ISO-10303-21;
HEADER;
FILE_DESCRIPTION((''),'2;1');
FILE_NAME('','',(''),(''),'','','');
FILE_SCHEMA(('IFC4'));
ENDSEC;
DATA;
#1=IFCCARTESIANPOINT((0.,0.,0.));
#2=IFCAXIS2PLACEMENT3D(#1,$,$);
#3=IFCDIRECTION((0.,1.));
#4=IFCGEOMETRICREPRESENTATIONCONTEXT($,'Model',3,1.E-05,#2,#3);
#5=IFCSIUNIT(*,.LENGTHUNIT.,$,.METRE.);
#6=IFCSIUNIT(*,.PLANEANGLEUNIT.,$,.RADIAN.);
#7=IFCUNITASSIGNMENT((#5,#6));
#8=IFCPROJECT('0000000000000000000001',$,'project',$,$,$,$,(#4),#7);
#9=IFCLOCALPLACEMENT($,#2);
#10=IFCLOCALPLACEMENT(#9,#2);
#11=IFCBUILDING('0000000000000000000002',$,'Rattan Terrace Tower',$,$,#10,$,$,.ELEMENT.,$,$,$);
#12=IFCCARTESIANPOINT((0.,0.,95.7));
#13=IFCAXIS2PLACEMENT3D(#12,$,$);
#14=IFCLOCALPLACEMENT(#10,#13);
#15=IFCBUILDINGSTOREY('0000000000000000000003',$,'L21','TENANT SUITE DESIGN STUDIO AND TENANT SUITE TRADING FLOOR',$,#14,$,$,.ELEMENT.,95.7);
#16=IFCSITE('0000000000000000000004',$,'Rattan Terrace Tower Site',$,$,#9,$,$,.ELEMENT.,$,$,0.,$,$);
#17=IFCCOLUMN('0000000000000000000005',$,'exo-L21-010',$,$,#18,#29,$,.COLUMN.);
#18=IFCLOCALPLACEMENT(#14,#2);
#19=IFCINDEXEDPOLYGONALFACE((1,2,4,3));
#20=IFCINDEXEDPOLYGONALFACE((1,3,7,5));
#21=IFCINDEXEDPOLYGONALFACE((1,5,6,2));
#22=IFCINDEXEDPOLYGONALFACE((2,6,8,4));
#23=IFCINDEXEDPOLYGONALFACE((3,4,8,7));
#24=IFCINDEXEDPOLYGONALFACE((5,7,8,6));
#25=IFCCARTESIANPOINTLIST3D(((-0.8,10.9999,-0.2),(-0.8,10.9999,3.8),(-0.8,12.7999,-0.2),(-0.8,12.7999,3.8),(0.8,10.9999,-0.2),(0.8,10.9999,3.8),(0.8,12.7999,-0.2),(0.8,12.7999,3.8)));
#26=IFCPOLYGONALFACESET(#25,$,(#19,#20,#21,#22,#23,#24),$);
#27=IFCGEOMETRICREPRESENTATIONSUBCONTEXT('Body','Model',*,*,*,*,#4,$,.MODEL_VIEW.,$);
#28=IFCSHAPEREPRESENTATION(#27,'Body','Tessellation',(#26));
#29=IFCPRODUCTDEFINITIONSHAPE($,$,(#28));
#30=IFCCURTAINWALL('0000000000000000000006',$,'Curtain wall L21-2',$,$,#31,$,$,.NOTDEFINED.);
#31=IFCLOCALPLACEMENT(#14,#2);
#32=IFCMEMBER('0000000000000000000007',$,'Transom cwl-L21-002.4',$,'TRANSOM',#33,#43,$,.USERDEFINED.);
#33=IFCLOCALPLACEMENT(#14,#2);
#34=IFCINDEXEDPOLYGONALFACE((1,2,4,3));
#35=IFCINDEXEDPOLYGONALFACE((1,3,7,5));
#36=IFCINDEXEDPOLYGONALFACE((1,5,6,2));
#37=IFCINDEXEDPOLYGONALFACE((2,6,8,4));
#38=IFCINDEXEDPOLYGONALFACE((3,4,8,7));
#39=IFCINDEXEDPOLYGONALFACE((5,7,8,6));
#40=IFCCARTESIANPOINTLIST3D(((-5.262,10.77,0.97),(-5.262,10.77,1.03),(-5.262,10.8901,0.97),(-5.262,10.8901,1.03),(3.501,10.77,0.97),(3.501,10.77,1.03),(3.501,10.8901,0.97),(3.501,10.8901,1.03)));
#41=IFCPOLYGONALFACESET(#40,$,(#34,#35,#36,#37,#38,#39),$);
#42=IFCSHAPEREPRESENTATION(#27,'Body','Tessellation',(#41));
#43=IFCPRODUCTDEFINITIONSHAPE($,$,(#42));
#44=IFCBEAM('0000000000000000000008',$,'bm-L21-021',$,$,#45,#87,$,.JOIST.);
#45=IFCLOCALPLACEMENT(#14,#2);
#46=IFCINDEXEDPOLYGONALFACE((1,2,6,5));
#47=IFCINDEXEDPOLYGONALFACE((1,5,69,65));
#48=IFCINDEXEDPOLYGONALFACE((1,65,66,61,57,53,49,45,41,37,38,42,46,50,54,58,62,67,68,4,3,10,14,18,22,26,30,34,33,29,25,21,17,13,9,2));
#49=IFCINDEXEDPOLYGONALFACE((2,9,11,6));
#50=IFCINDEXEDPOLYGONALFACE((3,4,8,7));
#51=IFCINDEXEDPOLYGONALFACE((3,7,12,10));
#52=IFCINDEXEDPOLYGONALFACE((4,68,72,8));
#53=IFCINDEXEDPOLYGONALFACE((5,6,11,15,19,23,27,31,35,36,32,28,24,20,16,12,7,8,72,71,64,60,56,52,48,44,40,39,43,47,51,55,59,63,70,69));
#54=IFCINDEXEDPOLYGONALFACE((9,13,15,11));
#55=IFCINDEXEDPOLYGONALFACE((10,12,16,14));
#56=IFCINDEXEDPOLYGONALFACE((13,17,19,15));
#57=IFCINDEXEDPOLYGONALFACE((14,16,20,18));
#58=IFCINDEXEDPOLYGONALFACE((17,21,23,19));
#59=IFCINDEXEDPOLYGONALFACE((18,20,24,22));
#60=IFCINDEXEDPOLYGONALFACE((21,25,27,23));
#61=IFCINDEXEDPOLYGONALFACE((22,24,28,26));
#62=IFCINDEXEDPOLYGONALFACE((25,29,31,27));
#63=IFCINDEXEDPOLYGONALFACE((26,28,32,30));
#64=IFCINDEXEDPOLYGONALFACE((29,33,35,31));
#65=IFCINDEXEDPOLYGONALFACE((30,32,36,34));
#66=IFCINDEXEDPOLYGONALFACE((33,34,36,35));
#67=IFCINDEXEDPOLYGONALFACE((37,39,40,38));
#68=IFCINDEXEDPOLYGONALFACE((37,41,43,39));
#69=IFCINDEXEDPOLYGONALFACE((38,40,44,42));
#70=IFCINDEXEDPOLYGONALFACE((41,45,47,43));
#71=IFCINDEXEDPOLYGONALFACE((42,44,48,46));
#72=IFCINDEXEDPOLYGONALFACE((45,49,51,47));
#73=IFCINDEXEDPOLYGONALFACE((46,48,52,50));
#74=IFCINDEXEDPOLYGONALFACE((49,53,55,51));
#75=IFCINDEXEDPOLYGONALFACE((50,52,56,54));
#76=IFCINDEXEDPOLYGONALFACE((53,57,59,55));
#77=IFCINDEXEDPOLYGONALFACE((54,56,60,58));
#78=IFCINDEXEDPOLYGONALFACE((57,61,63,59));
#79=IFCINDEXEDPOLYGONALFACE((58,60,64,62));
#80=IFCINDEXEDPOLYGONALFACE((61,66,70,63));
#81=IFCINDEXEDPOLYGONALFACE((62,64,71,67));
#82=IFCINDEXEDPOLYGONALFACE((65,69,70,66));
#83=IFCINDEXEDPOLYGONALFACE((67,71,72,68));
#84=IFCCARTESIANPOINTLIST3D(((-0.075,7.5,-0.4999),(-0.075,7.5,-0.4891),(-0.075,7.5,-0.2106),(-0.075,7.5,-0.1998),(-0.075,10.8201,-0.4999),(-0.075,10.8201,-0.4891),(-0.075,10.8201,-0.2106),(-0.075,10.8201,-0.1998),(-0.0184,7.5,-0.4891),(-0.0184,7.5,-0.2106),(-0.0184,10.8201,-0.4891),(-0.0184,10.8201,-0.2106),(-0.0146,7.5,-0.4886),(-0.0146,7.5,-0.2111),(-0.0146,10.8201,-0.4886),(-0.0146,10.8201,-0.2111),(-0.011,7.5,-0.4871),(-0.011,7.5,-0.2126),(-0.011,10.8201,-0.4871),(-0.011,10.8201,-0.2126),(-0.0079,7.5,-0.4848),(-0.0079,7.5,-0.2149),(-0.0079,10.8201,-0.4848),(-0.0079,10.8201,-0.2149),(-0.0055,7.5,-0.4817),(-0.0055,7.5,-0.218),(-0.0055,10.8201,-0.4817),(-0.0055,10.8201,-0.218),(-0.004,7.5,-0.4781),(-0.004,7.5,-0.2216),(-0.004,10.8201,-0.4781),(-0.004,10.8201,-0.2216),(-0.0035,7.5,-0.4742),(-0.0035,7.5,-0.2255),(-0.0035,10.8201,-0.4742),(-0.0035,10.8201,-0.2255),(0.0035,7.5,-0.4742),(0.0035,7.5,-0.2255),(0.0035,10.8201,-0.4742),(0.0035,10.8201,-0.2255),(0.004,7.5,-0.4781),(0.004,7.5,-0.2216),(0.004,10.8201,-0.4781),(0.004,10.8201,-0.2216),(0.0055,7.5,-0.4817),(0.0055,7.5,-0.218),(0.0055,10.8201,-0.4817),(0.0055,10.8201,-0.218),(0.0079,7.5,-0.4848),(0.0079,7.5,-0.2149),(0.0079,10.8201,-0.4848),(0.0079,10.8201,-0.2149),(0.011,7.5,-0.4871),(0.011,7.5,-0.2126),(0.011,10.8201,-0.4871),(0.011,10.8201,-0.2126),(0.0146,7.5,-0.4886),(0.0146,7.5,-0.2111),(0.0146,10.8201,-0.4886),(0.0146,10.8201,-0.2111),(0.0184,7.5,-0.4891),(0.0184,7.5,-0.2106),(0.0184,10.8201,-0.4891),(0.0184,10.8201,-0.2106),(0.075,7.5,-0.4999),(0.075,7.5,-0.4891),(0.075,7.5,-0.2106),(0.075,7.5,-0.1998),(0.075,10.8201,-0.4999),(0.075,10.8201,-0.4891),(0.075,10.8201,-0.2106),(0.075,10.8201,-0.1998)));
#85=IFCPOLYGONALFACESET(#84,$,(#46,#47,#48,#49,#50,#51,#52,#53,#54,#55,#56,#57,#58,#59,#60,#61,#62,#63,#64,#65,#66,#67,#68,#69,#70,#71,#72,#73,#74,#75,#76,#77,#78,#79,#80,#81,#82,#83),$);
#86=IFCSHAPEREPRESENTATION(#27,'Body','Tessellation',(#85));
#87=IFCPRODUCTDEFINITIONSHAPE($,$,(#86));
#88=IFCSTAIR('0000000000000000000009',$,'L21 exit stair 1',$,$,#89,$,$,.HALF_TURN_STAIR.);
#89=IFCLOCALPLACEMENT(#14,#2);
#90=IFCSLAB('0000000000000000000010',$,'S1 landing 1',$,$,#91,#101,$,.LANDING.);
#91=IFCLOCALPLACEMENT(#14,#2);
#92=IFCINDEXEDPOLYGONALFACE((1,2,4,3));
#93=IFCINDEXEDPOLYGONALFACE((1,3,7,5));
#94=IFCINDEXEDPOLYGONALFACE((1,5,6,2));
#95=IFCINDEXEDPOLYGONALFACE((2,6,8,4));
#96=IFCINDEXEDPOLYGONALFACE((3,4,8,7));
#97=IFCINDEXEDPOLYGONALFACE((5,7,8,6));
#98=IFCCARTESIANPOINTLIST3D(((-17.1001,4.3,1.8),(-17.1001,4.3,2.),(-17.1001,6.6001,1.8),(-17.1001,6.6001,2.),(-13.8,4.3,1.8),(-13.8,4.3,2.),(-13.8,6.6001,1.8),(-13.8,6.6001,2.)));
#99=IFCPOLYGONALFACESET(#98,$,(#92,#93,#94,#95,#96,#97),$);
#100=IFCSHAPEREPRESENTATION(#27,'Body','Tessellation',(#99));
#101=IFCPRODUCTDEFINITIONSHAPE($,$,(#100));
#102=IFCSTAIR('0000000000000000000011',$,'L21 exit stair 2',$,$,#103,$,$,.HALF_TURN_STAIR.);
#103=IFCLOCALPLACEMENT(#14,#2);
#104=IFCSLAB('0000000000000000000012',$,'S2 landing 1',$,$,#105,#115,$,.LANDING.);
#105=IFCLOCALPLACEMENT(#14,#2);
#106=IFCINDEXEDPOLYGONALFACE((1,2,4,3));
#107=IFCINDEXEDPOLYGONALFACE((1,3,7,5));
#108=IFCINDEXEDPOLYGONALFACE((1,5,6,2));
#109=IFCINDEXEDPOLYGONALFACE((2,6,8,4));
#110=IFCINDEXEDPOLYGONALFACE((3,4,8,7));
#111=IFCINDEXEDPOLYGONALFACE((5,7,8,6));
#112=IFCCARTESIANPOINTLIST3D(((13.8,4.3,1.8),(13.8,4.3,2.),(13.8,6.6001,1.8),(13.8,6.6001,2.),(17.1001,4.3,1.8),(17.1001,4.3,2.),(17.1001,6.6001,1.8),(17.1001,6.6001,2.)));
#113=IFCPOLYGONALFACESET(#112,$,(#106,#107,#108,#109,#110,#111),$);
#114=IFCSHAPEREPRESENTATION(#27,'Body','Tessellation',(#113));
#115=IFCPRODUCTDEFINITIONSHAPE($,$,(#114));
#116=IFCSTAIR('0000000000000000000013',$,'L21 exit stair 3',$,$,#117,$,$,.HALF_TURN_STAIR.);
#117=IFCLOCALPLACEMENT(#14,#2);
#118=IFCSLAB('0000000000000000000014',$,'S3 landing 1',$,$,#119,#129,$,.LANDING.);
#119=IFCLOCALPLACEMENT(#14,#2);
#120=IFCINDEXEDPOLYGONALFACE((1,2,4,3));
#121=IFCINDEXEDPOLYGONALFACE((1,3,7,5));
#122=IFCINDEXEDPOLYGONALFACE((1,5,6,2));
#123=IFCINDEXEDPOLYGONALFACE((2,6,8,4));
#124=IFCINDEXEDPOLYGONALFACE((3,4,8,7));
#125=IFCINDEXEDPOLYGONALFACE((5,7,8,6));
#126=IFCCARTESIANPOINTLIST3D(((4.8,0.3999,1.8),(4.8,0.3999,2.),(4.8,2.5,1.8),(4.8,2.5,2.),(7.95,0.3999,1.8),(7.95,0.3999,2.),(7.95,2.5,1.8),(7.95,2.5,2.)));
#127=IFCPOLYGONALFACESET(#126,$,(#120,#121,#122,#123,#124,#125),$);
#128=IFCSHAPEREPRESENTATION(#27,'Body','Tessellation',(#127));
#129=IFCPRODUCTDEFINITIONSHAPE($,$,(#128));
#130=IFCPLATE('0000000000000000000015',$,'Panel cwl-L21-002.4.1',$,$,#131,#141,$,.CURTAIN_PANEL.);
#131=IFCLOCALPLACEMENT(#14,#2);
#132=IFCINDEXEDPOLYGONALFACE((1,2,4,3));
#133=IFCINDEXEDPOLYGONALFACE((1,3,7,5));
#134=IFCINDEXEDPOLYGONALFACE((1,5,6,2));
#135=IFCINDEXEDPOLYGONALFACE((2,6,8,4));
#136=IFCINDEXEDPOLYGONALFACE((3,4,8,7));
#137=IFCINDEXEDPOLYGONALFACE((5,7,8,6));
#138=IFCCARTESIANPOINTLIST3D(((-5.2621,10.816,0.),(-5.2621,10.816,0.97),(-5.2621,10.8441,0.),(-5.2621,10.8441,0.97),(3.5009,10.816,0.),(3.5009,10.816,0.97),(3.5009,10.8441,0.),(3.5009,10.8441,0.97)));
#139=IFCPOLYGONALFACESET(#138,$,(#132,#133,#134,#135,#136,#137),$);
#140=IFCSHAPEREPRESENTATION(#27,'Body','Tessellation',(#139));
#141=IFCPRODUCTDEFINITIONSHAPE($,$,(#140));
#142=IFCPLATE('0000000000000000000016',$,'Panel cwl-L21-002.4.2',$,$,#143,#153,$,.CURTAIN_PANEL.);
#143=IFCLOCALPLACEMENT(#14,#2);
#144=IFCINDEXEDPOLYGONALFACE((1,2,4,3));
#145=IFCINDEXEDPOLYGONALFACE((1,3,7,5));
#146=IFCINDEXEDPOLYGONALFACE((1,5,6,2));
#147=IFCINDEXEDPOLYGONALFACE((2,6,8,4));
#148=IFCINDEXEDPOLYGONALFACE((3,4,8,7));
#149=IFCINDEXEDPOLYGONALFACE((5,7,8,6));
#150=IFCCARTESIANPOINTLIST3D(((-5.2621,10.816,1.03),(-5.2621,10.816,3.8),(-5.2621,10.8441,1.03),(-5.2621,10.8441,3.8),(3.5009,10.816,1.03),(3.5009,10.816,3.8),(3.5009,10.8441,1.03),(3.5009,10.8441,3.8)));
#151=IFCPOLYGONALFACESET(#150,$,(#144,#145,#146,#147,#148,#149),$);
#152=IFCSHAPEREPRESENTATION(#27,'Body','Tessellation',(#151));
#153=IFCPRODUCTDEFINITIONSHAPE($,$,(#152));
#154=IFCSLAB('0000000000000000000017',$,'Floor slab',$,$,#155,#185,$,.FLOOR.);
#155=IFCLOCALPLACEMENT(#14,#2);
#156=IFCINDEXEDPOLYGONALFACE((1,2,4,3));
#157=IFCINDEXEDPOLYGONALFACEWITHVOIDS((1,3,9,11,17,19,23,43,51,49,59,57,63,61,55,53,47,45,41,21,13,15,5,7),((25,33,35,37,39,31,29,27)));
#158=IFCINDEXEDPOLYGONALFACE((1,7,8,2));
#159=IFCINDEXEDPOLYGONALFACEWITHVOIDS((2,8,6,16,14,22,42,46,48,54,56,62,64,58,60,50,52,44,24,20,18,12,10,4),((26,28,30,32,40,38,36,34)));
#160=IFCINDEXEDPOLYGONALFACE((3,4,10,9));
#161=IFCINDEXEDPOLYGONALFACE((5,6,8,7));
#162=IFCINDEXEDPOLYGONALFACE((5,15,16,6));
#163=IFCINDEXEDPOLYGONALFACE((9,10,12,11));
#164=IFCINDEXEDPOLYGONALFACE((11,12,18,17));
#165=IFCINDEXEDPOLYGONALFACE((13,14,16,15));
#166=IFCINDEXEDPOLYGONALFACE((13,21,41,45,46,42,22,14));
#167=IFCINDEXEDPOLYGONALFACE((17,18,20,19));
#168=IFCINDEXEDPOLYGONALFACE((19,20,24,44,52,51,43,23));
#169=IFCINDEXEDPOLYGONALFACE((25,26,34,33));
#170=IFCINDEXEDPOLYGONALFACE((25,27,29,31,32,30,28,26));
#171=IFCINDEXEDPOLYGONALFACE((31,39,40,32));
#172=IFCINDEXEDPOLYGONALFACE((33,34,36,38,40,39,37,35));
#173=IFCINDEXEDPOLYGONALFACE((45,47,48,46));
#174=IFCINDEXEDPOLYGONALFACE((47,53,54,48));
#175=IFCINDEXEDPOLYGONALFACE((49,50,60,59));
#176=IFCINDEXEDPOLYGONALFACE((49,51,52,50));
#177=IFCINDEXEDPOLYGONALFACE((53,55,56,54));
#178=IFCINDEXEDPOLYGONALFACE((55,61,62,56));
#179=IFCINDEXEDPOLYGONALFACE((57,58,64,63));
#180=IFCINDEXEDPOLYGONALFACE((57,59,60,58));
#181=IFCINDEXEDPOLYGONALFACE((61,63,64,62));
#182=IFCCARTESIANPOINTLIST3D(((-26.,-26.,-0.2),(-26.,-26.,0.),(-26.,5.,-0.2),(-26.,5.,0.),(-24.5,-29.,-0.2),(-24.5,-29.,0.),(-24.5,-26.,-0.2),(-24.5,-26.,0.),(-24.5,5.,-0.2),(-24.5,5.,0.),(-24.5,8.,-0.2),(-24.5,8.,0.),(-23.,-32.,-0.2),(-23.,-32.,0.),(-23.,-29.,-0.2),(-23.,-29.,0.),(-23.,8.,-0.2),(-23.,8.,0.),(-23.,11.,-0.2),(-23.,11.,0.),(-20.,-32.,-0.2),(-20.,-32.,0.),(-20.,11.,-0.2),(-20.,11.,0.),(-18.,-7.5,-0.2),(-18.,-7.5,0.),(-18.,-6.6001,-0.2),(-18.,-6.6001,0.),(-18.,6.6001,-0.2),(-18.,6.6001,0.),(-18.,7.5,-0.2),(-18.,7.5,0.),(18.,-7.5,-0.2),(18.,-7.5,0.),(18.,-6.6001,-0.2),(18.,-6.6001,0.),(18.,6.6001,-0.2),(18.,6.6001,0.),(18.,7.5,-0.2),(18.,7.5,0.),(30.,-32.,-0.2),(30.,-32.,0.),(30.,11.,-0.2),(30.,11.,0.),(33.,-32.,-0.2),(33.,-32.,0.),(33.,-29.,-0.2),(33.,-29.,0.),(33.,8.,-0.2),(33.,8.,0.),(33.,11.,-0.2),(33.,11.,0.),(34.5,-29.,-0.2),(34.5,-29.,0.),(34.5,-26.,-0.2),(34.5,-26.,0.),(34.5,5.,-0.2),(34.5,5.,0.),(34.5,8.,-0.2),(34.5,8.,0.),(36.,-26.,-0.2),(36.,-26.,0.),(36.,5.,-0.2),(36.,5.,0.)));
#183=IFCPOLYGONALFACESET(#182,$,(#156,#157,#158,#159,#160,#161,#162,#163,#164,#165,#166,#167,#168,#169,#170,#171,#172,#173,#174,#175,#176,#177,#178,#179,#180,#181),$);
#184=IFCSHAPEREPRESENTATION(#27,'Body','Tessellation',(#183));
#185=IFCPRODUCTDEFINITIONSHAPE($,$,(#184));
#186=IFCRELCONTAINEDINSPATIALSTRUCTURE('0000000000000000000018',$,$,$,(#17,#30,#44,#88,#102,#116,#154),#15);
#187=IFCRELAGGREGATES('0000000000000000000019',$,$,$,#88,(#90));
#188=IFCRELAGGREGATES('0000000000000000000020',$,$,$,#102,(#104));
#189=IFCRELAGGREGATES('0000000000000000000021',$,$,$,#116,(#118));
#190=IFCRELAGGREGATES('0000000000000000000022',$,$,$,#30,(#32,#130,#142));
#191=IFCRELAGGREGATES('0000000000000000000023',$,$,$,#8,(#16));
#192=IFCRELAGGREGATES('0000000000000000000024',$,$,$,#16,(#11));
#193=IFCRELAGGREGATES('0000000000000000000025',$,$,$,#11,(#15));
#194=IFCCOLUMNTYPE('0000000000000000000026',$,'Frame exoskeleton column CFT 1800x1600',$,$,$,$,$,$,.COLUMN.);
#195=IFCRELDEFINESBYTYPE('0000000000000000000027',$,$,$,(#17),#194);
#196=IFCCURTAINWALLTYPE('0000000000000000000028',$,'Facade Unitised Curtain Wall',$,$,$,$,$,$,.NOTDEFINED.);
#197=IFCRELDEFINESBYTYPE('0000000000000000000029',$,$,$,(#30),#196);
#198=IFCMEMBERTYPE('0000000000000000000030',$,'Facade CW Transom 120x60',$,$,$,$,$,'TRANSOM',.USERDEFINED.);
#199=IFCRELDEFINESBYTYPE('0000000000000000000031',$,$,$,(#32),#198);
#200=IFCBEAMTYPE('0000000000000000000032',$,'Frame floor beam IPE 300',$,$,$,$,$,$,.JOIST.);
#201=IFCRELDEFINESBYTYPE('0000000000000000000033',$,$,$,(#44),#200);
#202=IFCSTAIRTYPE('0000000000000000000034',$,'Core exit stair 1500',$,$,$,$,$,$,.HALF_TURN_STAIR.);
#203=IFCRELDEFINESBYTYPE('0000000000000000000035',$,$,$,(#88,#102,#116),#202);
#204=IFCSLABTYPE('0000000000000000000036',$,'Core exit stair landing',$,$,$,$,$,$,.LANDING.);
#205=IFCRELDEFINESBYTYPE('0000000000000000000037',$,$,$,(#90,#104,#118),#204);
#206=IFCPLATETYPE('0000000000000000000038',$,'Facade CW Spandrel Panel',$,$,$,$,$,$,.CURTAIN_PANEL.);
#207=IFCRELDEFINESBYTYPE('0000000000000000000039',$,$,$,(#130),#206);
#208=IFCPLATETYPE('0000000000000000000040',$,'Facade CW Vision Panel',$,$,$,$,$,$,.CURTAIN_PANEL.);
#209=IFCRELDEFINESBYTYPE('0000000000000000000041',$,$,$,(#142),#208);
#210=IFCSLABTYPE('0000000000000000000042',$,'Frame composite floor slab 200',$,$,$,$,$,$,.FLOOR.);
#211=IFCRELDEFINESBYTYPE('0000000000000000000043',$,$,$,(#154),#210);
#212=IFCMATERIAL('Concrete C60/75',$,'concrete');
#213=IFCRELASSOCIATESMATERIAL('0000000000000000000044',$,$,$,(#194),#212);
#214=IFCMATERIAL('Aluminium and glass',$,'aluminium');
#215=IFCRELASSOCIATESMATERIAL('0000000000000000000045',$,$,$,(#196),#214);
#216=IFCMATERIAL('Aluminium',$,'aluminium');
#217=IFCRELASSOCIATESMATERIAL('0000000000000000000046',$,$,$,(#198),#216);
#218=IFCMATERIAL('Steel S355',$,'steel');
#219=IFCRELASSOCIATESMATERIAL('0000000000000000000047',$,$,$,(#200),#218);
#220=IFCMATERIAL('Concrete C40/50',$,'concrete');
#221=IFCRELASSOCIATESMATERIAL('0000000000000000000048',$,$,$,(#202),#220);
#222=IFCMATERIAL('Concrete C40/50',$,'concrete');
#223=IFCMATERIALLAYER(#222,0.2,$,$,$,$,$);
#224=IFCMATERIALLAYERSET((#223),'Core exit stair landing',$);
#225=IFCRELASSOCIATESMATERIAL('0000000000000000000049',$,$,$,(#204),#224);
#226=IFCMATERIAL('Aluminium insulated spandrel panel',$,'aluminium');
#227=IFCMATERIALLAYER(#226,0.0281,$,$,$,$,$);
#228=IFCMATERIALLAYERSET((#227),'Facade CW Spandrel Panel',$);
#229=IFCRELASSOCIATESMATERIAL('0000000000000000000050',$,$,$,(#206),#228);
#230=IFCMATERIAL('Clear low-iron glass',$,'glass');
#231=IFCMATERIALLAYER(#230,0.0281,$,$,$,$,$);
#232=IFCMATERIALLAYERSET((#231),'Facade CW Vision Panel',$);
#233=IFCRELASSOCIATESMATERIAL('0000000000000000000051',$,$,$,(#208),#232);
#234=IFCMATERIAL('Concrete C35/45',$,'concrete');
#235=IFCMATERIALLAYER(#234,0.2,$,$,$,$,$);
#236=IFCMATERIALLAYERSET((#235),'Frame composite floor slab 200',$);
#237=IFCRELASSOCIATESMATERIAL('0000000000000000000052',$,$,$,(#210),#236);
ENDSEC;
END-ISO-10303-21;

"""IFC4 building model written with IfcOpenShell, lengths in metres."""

from ifc_helpers import new_model, si_unit, direction, frame, origin, origin_2d, place, context, subcontext, project, spatial, polyline, rectangle, i_section, outline, extrude, material, layer, layer_set, material_profile, profile_set, type_object, element, aggregate, save


model = new_model("IFC4")

# Units and contexts
model_context = context("Model", 3, precision=1e-05, world=origin(), true_north=direction((0.0, 1.0)))
body_context = subcontext(model_context, "Body", "Model", "MODEL_VIEW")
ifc_project = project(units=[si_unit("LENGTHUNIT", "METRE"), si_unit("PLANEANGLEUNIT", "RADIAN")], contexts=[model_context])

# Site, building, storey
site_placement = place(None, origin())
site = spatial("IfcSite", under=ifc_project, at=site_placement, Name="Rattan Terrace Tower Site", CompositionType="ELEMENT", RefElevation=0.0)
building_placement = place(site_placement, origin())
building = spatial("IfcBuilding", under=site, at=building_placement, Name="Rattan Terrace Tower", CompositionType="ELEMENT")
storey_placement = place(building_placement, frame((0.0, 0.0, 95.7)))
storey = spatial("IfcBuildingStorey", under=building, at=storey_placement, Name="L21", Description="TENANT SUITE DESIGN STUDIO AND TENANT SUITE TRADING FLOOR", CompositionType="ELEMENT", Elevation=95.7)

# Column
ifc_material_1 = material(Name="Concrete C60/75", Category="concrete")
ifc_material_profile_1 = material_profile(ifc_material_1, rectangle(XDim=1.6001, YDim=1.8, at=origin_2d()), Name="CFT 1800x1600")
ifc_profile_set_1 = profile_set([ifc_material_profile_1], Name="Concrete C60/75")
column_type = type_object("IfcColumnType", Name="Frame exoskeleton column CFT 1800x1600", PredefinedType="COLUMN", material=ifc_profile_set_1)
column_placement = place(storey_placement, frame((0.0, 11.8999, -0.2), z_axis=(0.0, 0.0, 1.0), x_axis=(1.0, 0.0, 0.0)))
element("IfcColumn", 1, at=column_placement, inside=storey, type_object=column_type, Name="exo-L21-010", PredefinedType="COLUMN", context=body_context, shape_type="SweptSolid", body=[
    extrude(rectangle(XDim=1.6001, YDim=1.8, at=origin_2d()), origin(), (0.0, 0.0, 1.0), 4.0),
])

# Curtain wall, member
ifc_material_2 = material(Name="Aluminium and glass", Category="aluminium")
curtain_wall_type = type_object("IfcCurtainWallType", Name="Facade Unitised Curtain Wall", PredefinedType="NOTDEFINED", material=ifc_material_2)
curtain_wall_placement = place(storey_placement, origin())
curtain_wall = element("IfcCurtainWall", 2, at=curtain_wall_placement, inside=storey, type_object=curtain_wall_type, Name="Curtain wall L21-2", PredefinedType="NOTDEFINED")
ifc_material_3 = material(Name="Aluminium", Category="aluminium")
ifc_material_profile_2 = material_profile(ifc_material_3, rectangle(XDim=0.1201, YDim=0.0601, at=origin_2d()), Name="Aluminium 120x60")
ifc_profile_set_2 = profile_set([ifc_material_profile_2], Name="Aluminium")
member_type = type_object("IfcMemberType", Name="Facade CW Transom 120x60", ElementType="TRANSOM", PredefinedType="USERDEFINED", material=ifc_profile_set_2)
member_placement = place(storey_placement, frame((3.501, 10.8301, 1.0), z_axis=(-1.0, 0.0, 0.0), x_axis=(0.0, -1.0, 0.0)))
member = element("IfcMember", 3, at=member_placement, type_object=member_type, Name="Transom cwl-L21-002.4", ObjectType="TRANSOM", PredefinedType="USERDEFINED", context=body_context, shape_type="SweptSolid", body=[
    extrude(rectangle(XDim=0.1201, YDim=0.0601, at=origin_2d()), origin(), (0.0, 0.0, 1.0), 8.7629),
])

# Beam
ifc_material_4 = material(Name="Steel S355", Category="steel")
ifc_material_profile_3 = material_profile(ifc_material_4, i_section(OverallWidth=0.1499, OverallDepth=0.3, WebThickness=0.0071, FlangeThickness=0.0107, FilletRadius=0.0149, at=origin_2d()), Name="IPE 300")
ifc_profile_set_3 = profile_set([ifc_material_profile_3], Name="Steel S355")
beam_type = type_object("IfcBeamType", Name="Frame floor beam IPE 300", PredefinedType="JOIST", material=ifc_profile_set_3)
beam_placement = place(storey_placement, frame((0.0, 7.5, -0.3499), z_axis=(0.0, 1.0, 0.0), x_axis=(-1.0, 0.0, 0.0)))
element("IfcBeam", 4, at=beam_placement, inside=storey, type_object=beam_type, Name="bm-L21-021", PredefinedType="JOIST", context=body_context, shape_type="SweptSolid", body=[
    extrude(i_section(OverallWidth=0.1499, OverallDepth=0.3, WebThickness=0.0071, FlangeThickness=0.0107, FilletRadius=0.0149, at=origin_2d()), origin(), (0.0, 0.0, 1.0), 3.3201),
])

# Stairs, slabs
ifc_material_5 = material(Name="Concrete C40/50", Category="concrete")
stair_type = type_object("IfcStairType", Name="Core exit stair 1500", PredefinedType="HALF_TURN_STAIR", material=ifc_material_5)
stair_1_placement = place(storey_placement, origin())
stair_1 = element("IfcStair", 5, at=stair_1_placement, inside=storey, type_object=stair_type, Name="L21 exit stair 1", PredefinedType="HALF_TURN_STAIR")
ifc_material_6 = material(Name="Concrete C40/50", Category="concrete")
ifc_layer_1 = layer(ifc_material_6, 0.2)
ifc_layer_set_1 = layer_set([ifc_layer_1], Name="Core exit stair landing")
slab_type_1 = type_object("IfcSlabType", Name="Core exit stair landing", PredefinedType="LANDING", material=ifc_layer_set_1)
slab_1_placement = place(storey_placement, frame((0.0, 0.0, 1.8)))
slab_1 = element("IfcSlab", 6, at=slab_1_placement, type_object=slab_type_1, Name="S1 landing 1", PredefinedType="LANDING", context=body_context, shape_type="SweptSolid", body=[
    extrude(outline(polyline([(-13.8, 4.3), (-13.8, 6.6001), (-17.1001, 6.6001), (-17.1001, 4.3), (-13.8, 4.3)])), origin(), (0.0, 0.0, 1.0), 0.2),
])
aggregate(stair_1, [slab_1])
stair_2_placement = place(storey_placement, origin())
stair_2 = element("IfcStair", 7, at=stair_2_placement, inside=storey, type_object=stair_type, Name="L21 exit stair 2", PredefinedType="HALF_TURN_STAIR")
slab_2_placement = place(storey_placement, frame((0.0, 0.0, 1.8)))
slab_2 = element("IfcSlab", 8, at=slab_2_placement, type_object=slab_type_1, Name="S2 landing 1", PredefinedType="LANDING", context=body_context, shape_type="SweptSolid", body=[
    extrude(outline(polyline([(17.1001, 4.3), (17.1001, 6.6001), (13.8, 6.6001), (13.8, 4.3), (17.1001, 4.3)])), origin(), (0.0, 0.0, 1.0), 0.2),
])
aggregate(stair_2, [slab_2])
stair_3_placement = place(storey_placement, origin())
stair_3 = element("IfcStair", 9, at=stair_3_placement, inside=storey, type_object=stair_type, Name="L21 exit stair 3", PredefinedType="HALF_TURN_STAIR")
slab_3_placement = place(storey_placement, frame((0.0, 0.0, 1.8)))
slab_3 = element("IfcSlab", 10, at=slab_3_placement, type_object=slab_type_1, Name="S3 landing 1", PredefinedType="LANDING", context=body_context, shape_type="SweptSolid", body=[
    extrude(outline(polyline([(4.8, 2.5), (4.8, 0.3999), (7.95, 0.3999), (7.95, 2.5), (4.8, 2.5)])), origin(), (0.0, 0.0, 1.0), 0.2),
])
aggregate(stair_3, [slab_3])

# Plates
ifc_material_7 = material(Name="Aluminium insulated spandrel panel", Category="aluminium")
ifc_layer_2 = layer(ifc_material_7, 0.0281)
ifc_layer_set_2 = layer_set([ifc_layer_2], Name="Facade CW Spandrel Panel")
plate_type_1 = type_object("IfcPlateType", Name="Facade CW Spandrel Panel", PredefinedType="CURTAIN_PANEL", material=ifc_layer_set_2)
plate_1_placement = place(storey_placement, frame((-0.8806, 10.8301, 0.0), z_axis=(0.0, 0.0, 1.0), x_axis=(-1.0, 0.0, 0.0)))
plate_1 = element("IfcPlate", 11, at=plate_1_placement, type_object=plate_type_1, Name="Panel cwl-L21-002.4.1", PredefinedType="CURTAIN_PANEL", context=body_context, shape_type="SweptSolid", body=[
    extrude(rectangle(XDim=8.7629, YDim=0.0281, at=origin_2d()), origin(), (0.0, 0.0, 1.0), 0.97),
])
ifc_material_8 = material(Name="Clear low-iron glass", Category="glass")
ifc_layer_3 = layer(ifc_material_8, 0.0281)
ifc_layer_set_3 = layer_set([ifc_layer_3], Name="Facade CW Vision Panel")
plate_type_2 = type_object("IfcPlateType", Name="Facade CW Vision Panel", PredefinedType="CURTAIN_PANEL", material=ifc_layer_set_3)
plate_2_placement = place(storey_placement, frame((-0.8806, 10.8301, 1.03), z_axis=(0.0, 0.0, 1.0), x_axis=(-1.0, 0.0, 0.0)))
plate_2 = element("IfcPlate", 12, at=plate_2_placement, type_object=plate_type_2, Name="Panel cwl-L21-002.4.2", PredefinedType="CURTAIN_PANEL", context=body_context, shape_type="SweptSolid", body=[
    extrude(rectangle(XDim=8.7629, YDim=0.0281, at=origin_2d()), origin(), (0.0, 0.0, 1.0), 2.77),
])
aggregate(curtain_wall, [member, plate_1, plate_2])

# Slab
ifc_material_9 = material(Name="Concrete C35/45", Category="concrete")
ifc_layer_4 = layer(ifc_material_9, 0.2)
ifc_layer_set_4 = layer_set([ifc_layer_4], Name="Frame composite floor slab 200")
slab_type_2 = type_object("IfcSlabType", Name="Frame composite floor slab 200", PredefinedType="FLOOR", material=ifc_layer_set_4)
slab_4_placement = place(storey_placement, frame((0.0, 0.0, -0.2)))
element("IfcSlab", 13, at=slab_4_placement, inside=storey, type_object=slab_type_2, Name="Floor slab", PredefinedType="FLOOR", context=body_context, shape_type="SweptSolid", body=[
    extrude(outline(polyline([(-20.0, -32.0), (30.0, -32.0), (33.0, -32.0), (33.0, -29.0), (34.5, -29.0), (34.5, -26.0), (36.0, -26.0), (36.0, 5.0), (34.5, 5.0), (34.5, 8.0), (33.0, 8.0), (33.0, 11.0), (30.0, 11.0), (-20.0, 11.0), (-23.0, 11.0), (-23.0, 8.0), (-24.5, 8.0), (-24.5, 5.0), (-26.0, 5.0), (-26.0, -26.0), (-24.5, -26.0), (-24.5, -29.0), (-23.0, -29.0), (-23.0, -32.0), (-20.0, -32.0)]), holes=[polyline([(-18.0, -6.6001), (-18.0, -7.5), (18.0, -7.5), (18.0, -6.6001), (18.0, 6.6001), (18.0, 7.5), (-18.0, 7.5), (-18.0, 6.6001), (-18.0, -6.6001)])]), origin(), (0.0, 0.0, 1.0), 0.2),
])

save(model, "model.ifc")
